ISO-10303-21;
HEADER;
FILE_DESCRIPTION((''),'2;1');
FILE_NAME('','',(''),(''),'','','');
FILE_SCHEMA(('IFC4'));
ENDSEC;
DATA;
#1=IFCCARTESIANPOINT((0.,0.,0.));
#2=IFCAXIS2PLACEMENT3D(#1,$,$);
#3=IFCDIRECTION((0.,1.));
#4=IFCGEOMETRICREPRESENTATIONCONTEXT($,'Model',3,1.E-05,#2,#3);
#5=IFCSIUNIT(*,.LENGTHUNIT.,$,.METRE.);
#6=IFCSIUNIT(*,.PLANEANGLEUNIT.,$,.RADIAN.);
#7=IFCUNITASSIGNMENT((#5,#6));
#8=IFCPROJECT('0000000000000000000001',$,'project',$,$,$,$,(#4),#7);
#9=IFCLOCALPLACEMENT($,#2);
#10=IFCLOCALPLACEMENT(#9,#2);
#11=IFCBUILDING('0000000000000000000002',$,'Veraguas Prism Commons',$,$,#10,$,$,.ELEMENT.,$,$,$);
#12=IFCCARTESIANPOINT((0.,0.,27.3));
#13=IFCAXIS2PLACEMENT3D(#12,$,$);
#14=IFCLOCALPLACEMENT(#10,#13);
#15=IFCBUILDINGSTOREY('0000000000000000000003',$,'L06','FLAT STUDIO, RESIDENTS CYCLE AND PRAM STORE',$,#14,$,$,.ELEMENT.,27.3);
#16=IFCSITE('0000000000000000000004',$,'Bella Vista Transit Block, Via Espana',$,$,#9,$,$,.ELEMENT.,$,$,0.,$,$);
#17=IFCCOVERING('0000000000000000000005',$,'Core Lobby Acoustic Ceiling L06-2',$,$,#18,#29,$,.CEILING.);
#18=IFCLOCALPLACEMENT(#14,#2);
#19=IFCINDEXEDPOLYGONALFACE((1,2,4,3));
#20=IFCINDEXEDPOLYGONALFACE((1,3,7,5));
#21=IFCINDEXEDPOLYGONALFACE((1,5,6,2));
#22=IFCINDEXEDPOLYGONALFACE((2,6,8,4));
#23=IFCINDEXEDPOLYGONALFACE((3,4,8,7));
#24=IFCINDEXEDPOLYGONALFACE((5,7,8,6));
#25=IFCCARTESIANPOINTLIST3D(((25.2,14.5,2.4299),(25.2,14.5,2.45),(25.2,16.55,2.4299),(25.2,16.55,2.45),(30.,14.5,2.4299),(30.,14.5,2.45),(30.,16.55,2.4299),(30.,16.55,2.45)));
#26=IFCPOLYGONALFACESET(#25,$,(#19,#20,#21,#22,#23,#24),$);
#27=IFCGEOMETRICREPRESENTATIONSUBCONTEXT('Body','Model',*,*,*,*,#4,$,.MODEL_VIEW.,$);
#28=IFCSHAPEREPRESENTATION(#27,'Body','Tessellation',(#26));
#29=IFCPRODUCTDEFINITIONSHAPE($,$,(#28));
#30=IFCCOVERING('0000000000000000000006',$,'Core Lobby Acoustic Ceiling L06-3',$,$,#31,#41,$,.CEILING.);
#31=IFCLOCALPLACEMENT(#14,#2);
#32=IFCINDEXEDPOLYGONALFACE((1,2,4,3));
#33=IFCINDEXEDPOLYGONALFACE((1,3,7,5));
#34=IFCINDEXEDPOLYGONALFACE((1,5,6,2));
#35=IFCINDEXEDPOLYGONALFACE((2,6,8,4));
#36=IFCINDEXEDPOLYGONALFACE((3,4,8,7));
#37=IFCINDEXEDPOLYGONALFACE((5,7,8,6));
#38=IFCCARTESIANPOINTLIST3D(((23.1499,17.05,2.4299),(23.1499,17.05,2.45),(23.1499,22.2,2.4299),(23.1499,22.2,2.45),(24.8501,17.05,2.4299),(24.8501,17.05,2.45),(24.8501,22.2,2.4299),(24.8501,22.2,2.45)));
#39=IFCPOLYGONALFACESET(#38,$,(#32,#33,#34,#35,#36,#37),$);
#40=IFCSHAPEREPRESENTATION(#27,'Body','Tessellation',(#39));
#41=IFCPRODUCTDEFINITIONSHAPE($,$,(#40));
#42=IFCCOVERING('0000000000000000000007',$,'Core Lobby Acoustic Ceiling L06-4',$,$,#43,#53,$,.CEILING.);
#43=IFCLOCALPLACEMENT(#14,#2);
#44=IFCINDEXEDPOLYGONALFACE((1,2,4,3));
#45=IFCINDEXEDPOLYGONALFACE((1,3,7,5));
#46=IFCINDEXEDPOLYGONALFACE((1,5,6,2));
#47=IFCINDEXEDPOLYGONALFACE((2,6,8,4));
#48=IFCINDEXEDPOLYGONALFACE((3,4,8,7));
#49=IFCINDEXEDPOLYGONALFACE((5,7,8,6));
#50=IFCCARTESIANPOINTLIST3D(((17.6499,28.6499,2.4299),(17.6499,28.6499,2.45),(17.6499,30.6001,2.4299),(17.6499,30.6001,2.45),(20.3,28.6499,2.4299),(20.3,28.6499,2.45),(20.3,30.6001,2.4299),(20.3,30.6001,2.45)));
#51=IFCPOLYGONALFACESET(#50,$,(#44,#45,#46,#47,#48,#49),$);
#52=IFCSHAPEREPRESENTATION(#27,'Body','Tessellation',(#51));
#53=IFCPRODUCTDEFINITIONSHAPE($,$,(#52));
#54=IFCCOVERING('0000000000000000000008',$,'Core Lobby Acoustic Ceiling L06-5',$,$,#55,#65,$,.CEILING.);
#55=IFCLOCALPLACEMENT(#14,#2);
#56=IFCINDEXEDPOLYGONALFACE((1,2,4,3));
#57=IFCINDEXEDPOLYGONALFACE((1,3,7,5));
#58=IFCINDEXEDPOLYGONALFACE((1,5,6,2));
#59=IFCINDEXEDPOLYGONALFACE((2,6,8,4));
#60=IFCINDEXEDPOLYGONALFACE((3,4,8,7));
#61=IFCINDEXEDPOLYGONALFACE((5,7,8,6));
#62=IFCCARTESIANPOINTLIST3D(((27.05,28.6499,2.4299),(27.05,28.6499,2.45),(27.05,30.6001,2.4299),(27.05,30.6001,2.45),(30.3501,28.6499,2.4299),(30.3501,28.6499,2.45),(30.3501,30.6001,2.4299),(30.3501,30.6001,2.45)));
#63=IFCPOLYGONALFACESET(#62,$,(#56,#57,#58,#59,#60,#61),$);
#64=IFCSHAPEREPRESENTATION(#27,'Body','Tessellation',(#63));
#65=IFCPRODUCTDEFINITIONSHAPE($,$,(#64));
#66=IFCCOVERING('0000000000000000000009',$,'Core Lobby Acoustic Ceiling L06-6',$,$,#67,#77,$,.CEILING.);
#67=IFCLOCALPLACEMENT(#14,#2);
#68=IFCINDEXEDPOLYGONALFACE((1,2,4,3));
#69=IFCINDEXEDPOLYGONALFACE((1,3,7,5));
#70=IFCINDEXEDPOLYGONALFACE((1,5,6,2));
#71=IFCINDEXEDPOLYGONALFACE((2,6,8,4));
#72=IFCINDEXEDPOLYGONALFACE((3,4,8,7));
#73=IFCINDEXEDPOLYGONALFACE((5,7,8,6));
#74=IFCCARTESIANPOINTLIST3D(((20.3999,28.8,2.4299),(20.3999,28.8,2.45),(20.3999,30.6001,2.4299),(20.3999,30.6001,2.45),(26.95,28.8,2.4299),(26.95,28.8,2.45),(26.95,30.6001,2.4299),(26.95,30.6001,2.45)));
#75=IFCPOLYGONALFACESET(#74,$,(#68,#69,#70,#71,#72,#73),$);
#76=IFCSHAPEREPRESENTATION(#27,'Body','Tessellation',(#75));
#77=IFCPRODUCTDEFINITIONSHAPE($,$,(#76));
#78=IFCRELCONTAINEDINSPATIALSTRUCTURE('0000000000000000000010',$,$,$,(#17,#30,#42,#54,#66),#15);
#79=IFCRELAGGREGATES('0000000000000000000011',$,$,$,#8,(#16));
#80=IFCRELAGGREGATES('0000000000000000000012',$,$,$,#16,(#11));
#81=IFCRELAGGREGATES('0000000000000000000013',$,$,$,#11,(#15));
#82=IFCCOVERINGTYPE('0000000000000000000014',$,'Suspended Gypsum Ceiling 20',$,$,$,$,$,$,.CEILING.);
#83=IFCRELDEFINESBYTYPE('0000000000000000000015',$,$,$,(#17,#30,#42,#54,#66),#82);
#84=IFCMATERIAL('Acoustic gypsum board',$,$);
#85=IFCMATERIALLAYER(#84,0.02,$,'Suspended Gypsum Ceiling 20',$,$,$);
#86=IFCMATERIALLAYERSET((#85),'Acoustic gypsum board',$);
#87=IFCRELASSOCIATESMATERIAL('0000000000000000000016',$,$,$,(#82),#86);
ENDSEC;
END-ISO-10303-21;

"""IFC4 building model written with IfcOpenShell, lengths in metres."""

from ifc_helpers import new_model, si_unit, direction, frame, origin, place, context, subcontext, project, spatial, polyline, outline, extrude, material, layer, layer_set, type_object, element, save


model = new_model("IFC4")

# Units and contexts
model_context = context("Model", 3, precision=1e-05, world=origin(), true_north=direction((0.0, 1.0)))
body_context = subcontext(model_context, "Body", "Model", "MODEL_VIEW")
ifc_project = project(units=[si_unit("LENGTHUNIT", "METRE"), si_unit("PLANEANGLEUNIT", "RADIAN")], contexts=[model_context])

# Site, building, storey
site_placement = place(None, origin())
site = spatial("IfcSite", under=ifc_project, at=site_placement, Name="Bella Vista Transit Block, Via Espana", CompositionType="ELEMENT", RefElevation=0.0)
building_placement = place(site_placement, origin())
building = spatial("IfcBuilding", under=site, at=building_placement, Name="Veraguas Prism Commons", CompositionType="ELEMENT")
storey_placement = place(building_placement, frame((0.0, 0.0, 27.3)))
storey = spatial("IfcBuildingStorey", under=building, at=storey_placement, Name="L06", Description="FLAT STUDIO, RESIDENTS CYCLE AND PRAM STORE", CompositionType="ELEMENT", Elevation=27.3)

# Coverings
ifc_material_1 = material(Name="Acoustic gypsum board")
ifc_layer_1 = layer(ifc_material_1, 0.02, Name="Suspended Gypsum Ceiling 20")
ifc_layer_set_1 = layer_set([ifc_layer_1], Name="Acoustic gypsum board")
covering_type_1 = type_object("IfcCoveringType", Name="Suspended Gypsum Ceiling 20", PredefinedType="CEILING", material=ifc_layer_set_1)
covering_1_placement = place(storey_placement, frame((0.0, 0.0, 2.4299)))
element("IfcCovering", 1, at=covering_1_placement, inside=storey, type_object=covering_type_1, Name="Core Lobby Acoustic Ceiling L06-2", PredefinedType="CEILING", context=body_context, shape_type="SweptSolid", body=[
    extrude(outline(polyline([(25.2, 14.5), (30.0, 14.5), (30.0, 16.55), (25.2, 16.55), (25.2, 14.5)])), origin(), (0.0, 0.0, 1.0), 0.02),
])
covering_2_placement = place(storey_placement, frame((0.0, 0.0, 2.4299)))
element("IfcCovering", 2, at=covering_2_placement, inside=storey, type_object=covering_type_1, Name="Core Lobby Acoustic Ceiling L06-3", PredefinedType="CEILING", context=body_context, shape_type="SweptSolid", body=[
    extrude(outline(polyline([(23.1499, 17.05), (24.8501, 17.05), (24.8501, 22.2), (23.1499, 22.2), (23.1499, 17.05)])), origin(), (0.0, 0.0, 1.0), 0.02),
])
covering_3_placement = place(storey_placement, frame((0.0, 0.0, 2.4299)))
element("IfcCovering", 3, at=covering_3_placement, inside=storey, type_object=covering_type_1, Name="Core Lobby Acoustic Ceiling L06-4", PredefinedType="CEILING", context=body_context, shape_type="SweptSolid", body=[
    extrude(outline(polyline([(17.6499, 28.6499), (20.3, 28.6499), (20.3, 30.6001), (17.6499, 30.6001), (17.6499, 28.6499)])), origin(), (0.0, 0.0, 1.0), 0.02),
])
covering_4_placement = place(storey_placement, frame((0.0, 0.0, 2.4299)))
element("IfcCovering", 4, at=covering_4_placement, inside=storey, type_object=covering_type_1, Name="Core Lobby Acoustic Ceiling L06-5", PredefinedType="CEILING", context=body_context, shape_type="SweptSolid", body=[
    extrude(outline(polyline([(27.05, 28.6499), (30.3501, 28.6499), (30.3501, 30.6001), (27.05, 30.6001), (27.05, 28.6499)])), origin(), (0.0, 0.0, 1.0), 0.02),
])
covering_5_placement = place(storey_placement, frame((0.0, 0.0, 2.4299)))
element("IfcCovering", 5, at=covering_5_placement, inside=storey, type_object=covering_type_1, Name="Core Lobby Acoustic Ceiling L06-6", PredefinedType="CEILING", context=body_context, shape_type="SweptSolid", body=[
    extrude(outline(polyline([(20.3999, 28.8), (26.95, 28.8), (26.95, 30.6001), (20.3999, 30.6001), (20.3999, 28.8)])), origin(), (0.0, 0.0, 1.0), 0.02),
])

save(model, "model.ifc")
